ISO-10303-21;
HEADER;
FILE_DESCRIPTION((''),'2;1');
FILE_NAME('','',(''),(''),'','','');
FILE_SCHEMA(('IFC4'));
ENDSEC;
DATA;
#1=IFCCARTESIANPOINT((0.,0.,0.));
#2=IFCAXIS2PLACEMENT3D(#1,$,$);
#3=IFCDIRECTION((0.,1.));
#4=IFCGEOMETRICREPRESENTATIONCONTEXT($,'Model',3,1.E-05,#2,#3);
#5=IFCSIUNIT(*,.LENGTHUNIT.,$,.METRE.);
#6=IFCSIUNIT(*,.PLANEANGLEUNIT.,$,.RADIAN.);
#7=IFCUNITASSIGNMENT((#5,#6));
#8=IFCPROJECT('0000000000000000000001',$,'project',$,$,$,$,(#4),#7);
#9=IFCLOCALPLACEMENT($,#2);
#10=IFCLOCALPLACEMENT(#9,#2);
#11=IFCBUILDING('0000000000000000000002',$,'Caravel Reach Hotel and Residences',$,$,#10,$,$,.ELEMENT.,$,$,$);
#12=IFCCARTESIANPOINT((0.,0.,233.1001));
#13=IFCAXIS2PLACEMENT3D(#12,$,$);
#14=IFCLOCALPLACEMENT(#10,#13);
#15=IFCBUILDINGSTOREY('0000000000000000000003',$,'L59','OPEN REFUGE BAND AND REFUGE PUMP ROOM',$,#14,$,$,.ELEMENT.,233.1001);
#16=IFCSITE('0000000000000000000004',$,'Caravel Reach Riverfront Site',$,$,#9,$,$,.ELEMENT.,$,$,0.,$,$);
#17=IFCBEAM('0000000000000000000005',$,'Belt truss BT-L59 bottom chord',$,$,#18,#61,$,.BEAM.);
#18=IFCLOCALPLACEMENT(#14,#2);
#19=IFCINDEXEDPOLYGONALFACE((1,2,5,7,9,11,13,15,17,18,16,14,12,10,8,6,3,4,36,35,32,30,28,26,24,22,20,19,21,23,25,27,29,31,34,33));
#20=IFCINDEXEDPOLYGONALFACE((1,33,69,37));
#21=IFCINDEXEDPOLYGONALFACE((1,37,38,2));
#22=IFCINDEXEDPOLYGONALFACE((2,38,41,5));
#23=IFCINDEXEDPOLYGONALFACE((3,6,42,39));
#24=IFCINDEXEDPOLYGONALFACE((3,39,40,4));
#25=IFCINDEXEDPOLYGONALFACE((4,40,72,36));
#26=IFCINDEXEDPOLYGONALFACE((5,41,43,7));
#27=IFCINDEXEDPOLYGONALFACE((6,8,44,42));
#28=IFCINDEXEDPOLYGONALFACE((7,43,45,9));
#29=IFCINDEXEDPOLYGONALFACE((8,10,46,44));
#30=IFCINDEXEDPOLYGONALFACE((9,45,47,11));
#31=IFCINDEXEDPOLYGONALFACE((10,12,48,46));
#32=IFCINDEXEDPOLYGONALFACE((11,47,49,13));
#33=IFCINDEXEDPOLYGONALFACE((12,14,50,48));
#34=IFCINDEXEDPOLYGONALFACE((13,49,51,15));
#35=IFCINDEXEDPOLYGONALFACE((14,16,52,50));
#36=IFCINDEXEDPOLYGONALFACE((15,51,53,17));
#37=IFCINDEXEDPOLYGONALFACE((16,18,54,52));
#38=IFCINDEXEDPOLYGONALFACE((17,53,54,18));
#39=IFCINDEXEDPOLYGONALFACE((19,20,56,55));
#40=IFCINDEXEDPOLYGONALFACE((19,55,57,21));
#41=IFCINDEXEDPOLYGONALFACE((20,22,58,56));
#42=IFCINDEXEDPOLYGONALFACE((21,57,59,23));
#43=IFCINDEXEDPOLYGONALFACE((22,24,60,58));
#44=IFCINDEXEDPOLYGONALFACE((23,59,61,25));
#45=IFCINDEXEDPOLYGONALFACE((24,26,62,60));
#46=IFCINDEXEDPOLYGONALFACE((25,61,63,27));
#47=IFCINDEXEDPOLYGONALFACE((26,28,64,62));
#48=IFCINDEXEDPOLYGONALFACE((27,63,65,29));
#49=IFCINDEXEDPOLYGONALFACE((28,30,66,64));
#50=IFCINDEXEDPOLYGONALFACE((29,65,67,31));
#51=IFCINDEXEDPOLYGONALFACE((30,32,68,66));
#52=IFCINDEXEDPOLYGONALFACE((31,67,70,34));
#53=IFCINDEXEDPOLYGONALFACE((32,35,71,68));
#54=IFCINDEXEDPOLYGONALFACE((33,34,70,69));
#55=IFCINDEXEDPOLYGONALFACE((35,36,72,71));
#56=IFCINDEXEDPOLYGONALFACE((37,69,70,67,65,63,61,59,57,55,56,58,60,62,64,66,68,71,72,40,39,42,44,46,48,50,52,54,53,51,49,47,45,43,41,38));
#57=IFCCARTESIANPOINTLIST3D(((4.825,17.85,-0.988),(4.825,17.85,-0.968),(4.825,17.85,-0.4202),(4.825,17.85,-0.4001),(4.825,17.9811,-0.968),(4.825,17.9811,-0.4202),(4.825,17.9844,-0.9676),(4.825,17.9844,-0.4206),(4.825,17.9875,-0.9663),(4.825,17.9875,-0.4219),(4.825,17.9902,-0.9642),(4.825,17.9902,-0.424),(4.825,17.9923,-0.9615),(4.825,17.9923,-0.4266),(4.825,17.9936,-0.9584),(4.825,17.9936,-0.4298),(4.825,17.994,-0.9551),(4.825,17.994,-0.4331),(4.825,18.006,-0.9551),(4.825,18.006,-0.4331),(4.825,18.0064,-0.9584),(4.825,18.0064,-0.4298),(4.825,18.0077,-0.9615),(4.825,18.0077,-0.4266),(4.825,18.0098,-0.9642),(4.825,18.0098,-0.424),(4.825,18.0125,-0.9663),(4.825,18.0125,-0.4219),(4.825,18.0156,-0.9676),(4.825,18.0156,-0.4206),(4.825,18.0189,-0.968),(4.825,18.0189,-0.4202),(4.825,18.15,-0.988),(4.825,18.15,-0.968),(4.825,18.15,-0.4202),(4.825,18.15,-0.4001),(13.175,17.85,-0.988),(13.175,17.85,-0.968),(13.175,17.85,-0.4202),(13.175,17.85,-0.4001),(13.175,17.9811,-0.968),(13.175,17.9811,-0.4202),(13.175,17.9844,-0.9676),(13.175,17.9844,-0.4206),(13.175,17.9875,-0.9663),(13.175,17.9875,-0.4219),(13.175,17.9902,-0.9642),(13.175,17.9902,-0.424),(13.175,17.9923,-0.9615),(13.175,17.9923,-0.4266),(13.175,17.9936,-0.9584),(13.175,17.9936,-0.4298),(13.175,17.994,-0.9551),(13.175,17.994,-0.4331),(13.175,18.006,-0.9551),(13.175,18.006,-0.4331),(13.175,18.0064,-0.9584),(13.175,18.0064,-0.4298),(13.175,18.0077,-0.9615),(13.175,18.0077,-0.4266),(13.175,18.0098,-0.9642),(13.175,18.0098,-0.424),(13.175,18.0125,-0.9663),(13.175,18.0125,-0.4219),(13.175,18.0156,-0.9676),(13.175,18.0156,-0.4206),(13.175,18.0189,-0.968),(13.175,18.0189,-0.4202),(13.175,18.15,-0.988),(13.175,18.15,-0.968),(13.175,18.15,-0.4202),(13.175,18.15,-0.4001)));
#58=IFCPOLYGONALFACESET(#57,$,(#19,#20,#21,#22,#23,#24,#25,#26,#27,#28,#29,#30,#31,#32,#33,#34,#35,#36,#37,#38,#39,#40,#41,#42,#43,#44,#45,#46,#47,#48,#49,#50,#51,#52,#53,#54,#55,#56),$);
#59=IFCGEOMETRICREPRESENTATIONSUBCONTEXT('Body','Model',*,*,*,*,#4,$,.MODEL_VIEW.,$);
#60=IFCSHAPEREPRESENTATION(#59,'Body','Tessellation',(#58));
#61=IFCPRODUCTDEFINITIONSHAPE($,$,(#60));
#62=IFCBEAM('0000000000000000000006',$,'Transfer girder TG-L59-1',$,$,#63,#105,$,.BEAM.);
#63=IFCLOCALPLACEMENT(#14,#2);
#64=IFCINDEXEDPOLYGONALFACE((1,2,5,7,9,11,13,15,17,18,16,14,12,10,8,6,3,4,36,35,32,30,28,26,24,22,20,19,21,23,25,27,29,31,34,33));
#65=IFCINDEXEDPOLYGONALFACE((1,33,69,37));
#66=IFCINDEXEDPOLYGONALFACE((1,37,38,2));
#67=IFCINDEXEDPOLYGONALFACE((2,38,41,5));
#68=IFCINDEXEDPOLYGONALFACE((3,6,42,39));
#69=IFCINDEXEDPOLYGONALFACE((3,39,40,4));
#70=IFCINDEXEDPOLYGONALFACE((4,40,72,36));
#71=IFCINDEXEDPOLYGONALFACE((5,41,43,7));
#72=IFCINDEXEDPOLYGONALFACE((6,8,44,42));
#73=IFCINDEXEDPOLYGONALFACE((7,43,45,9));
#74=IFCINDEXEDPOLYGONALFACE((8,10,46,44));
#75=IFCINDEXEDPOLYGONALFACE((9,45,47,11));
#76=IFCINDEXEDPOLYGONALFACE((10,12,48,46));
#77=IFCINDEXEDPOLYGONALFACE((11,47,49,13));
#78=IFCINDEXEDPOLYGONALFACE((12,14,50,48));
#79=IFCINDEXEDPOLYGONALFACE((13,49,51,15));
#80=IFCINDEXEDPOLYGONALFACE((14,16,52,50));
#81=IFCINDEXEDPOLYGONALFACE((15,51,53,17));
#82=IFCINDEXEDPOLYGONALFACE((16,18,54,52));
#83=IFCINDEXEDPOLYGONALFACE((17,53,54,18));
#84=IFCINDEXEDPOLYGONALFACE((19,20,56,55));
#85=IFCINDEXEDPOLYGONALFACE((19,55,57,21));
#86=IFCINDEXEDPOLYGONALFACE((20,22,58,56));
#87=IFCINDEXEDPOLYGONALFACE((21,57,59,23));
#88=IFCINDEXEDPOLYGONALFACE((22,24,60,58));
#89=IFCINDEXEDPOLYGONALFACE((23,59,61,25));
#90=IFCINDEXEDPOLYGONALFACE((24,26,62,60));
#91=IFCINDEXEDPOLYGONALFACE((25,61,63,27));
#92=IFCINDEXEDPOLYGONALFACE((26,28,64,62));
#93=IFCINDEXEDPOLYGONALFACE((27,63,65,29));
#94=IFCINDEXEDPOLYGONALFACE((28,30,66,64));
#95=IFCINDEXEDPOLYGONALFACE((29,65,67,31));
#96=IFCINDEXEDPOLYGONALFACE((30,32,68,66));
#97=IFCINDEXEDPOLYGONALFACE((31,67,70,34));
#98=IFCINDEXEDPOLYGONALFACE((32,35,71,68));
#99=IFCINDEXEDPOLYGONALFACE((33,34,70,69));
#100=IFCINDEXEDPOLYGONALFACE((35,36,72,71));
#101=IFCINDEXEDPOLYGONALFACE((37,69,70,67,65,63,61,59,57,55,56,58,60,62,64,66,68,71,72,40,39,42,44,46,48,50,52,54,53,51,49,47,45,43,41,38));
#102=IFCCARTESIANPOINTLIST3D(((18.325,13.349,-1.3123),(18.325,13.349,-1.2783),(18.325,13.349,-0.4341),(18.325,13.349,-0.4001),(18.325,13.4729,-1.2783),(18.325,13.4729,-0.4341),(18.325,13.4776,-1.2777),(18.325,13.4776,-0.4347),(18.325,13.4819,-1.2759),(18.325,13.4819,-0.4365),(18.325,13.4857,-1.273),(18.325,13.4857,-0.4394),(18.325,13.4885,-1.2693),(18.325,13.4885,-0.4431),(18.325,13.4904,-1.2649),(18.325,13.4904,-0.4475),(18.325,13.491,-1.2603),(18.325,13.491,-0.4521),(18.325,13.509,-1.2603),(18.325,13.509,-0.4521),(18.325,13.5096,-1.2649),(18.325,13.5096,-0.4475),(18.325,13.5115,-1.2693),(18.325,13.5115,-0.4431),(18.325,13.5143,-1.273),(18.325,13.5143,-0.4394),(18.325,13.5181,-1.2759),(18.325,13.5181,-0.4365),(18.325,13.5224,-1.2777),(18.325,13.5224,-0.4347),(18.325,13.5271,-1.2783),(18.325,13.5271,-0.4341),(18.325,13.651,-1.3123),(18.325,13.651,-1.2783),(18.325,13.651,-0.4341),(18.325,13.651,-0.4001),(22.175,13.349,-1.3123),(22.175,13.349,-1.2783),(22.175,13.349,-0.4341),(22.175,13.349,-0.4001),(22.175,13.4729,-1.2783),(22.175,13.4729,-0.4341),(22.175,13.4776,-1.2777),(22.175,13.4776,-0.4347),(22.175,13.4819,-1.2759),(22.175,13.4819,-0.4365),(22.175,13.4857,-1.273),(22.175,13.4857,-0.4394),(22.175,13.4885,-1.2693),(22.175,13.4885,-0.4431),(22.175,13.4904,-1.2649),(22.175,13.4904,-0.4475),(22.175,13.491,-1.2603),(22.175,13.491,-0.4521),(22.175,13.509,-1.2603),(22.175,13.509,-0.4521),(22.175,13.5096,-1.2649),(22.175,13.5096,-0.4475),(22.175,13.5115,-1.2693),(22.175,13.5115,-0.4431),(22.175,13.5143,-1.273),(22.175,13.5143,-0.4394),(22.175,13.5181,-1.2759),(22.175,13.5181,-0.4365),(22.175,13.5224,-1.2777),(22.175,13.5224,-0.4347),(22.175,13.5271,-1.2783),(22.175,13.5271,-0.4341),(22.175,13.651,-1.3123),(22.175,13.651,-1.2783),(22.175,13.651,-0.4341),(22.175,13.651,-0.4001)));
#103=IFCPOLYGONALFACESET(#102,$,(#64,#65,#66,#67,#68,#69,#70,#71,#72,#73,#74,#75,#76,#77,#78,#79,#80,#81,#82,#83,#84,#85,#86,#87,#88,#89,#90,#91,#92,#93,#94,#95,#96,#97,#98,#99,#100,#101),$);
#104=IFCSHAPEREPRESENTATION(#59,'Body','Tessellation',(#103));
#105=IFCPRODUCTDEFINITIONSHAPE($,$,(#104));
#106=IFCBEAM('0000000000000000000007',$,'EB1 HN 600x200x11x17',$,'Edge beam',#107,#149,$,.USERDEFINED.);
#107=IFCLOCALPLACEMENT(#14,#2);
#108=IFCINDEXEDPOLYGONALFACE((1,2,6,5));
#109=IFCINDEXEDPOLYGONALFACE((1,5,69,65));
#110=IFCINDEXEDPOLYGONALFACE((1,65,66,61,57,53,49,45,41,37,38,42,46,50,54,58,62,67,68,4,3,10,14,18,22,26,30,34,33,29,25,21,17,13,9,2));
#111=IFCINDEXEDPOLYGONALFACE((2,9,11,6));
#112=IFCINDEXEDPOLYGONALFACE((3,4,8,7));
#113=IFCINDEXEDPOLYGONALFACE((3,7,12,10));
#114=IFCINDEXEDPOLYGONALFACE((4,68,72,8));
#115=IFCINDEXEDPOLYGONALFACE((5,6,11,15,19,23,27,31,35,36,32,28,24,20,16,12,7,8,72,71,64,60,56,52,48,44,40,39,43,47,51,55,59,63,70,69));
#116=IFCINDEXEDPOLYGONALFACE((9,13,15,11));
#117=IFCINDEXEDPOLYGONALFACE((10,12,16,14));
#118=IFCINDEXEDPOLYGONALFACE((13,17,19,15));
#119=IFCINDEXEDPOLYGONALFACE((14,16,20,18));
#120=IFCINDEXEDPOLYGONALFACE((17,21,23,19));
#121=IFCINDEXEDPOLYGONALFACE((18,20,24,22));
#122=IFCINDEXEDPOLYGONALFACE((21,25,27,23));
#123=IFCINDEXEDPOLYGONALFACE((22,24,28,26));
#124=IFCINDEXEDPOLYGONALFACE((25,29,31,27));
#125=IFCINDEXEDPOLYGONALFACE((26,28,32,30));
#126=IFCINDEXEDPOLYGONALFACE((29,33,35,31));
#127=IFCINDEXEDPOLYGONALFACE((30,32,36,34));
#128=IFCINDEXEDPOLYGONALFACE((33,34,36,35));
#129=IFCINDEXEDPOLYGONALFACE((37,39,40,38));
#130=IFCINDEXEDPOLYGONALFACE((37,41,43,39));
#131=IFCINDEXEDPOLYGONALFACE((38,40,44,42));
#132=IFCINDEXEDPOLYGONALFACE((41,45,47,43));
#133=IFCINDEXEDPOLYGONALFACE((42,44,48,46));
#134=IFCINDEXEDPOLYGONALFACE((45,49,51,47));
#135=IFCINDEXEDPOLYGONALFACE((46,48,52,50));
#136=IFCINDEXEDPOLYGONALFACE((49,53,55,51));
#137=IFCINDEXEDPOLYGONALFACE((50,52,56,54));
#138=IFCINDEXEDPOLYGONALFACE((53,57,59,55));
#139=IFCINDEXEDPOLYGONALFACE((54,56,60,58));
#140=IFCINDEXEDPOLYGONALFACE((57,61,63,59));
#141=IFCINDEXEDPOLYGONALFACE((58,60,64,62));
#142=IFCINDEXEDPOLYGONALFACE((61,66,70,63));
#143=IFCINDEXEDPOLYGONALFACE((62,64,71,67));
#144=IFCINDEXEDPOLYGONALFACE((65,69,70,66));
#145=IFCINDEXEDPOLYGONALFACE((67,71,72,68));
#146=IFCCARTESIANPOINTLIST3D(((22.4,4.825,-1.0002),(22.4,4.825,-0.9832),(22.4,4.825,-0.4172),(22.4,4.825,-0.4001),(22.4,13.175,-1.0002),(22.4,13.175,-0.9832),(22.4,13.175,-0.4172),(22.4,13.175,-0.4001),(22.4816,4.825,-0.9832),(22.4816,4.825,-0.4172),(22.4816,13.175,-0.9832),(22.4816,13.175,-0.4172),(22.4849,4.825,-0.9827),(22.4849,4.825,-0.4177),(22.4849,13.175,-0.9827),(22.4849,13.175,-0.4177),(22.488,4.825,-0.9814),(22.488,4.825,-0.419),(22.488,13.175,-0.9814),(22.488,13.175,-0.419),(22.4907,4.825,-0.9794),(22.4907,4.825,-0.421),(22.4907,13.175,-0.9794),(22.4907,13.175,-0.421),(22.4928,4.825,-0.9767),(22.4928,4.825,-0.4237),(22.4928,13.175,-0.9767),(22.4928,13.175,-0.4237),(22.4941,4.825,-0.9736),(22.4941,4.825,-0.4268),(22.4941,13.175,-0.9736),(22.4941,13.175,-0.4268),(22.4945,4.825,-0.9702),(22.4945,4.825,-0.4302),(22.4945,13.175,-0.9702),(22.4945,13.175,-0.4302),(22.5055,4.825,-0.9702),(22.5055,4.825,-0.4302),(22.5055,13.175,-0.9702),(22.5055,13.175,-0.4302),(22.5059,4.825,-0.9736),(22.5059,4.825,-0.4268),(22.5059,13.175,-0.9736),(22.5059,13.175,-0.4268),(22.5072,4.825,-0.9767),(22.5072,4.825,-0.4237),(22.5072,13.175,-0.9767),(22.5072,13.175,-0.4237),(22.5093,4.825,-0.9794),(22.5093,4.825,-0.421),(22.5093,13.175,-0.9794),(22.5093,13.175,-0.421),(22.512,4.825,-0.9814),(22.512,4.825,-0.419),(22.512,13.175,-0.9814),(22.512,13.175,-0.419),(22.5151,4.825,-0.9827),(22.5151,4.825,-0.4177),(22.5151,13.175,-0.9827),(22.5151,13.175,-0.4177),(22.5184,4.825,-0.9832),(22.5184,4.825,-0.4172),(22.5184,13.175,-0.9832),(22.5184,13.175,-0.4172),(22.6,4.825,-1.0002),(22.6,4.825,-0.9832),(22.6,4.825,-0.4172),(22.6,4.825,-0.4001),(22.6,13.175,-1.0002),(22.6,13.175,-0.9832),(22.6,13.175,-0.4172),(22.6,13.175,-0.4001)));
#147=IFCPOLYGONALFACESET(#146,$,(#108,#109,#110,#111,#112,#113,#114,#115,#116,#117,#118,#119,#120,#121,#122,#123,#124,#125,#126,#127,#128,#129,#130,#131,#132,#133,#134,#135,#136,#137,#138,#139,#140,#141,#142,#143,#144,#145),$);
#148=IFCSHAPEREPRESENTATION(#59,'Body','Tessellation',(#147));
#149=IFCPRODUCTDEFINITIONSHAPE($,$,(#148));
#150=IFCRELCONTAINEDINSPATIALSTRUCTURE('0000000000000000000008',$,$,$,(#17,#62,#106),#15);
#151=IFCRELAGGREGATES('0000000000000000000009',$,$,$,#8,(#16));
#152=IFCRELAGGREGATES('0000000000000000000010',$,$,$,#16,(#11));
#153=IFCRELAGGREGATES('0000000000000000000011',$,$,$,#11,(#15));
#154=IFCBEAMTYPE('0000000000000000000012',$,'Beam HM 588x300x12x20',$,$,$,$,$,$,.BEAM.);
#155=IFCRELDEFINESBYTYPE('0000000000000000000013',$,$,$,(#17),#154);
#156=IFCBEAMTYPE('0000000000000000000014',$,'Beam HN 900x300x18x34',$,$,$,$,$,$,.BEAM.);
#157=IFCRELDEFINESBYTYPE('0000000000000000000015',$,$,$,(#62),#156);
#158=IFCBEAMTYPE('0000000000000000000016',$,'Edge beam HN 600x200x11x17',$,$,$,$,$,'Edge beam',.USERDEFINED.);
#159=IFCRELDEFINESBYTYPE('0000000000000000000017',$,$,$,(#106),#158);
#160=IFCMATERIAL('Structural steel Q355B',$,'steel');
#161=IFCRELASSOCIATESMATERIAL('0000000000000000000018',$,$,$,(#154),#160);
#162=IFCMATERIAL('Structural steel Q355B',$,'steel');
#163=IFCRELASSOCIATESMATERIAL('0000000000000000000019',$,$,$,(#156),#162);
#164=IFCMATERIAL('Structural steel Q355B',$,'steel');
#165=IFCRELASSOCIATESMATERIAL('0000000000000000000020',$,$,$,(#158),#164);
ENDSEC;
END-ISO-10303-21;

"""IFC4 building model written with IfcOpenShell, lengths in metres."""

from ifc_helpers import new_model, si_unit, direction, frame, origin, origin_2d, place, context, subcontext, project, spatial, i_section, extrude, material, material_profile, profile_set, type_object, element, save


model = new_model("IFC4")

# Units and contexts
model_context = context("Model", 3, precision=1e-05, world=origin(), true_north=direction((0.0, 1.0)))
body_context = subcontext(model_context, "Body", "Model", "MODEL_VIEW")
ifc_project = project(units=[si_unit("LENGTHUNIT", "METRE"), si_unit("PLANEANGLEUNIT", "RADIAN")], contexts=[model_context])

# Site, building, storey
site_placement = place(None, origin())
site = spatial("IfcSite", under=ifc_project, at=site_placement, Name="Caravel Reach Riverfront Site", CompositionType="ELEMENT", RefElevation=0.0)
building_placement = place(site_placement, origin())
building = spatial("IfcBuilding", under=site, at=building_placement, Name="Caravel Reach Hotel and Residences", CompositionType="ELEMENT")
storey_placement = place(building_placement, frame((0.0, 0.0, 233.1001)))
storey = spatial("IfcBuildingStorey", under=building, at=storey_placement, Name="L59", Description="OPEN REFUGE BAND AND REFUGE PUMP ROOM", CompositionType="ELEMENT", Elevation=233.1001)

# Beams
ifc_material_1 = material(Name="Structural steel Q355B", Category="steel")
ifc_material_profile_1 = material_profile(ifc_material_1, i_section(OverallWidth=0.3, OverallDepth=0.5879, WebThickness=0.012, FlangeThickness=0.02, FilletRadius=0.0129, at=origin_2d()), Name="HM 588x300x12x20")
ifc_profile_set_1 = profile_set([ifc_material_profile_1], Name="Structural steel Q355B")
beam_type_1 = type_object("IfcBeamType", Name="Beam HM 588x300x12x20", PredefinedType="BEAM", material=ifc_profile_set_1)
for number, where, z_axis, x_axis, name in (
    (1, (4.825, 18.0, -0.6941), (1.0, 0.0, 0.0), (0.0, 1.0, 0.0), "Belt truss BT-L59 bottom chord"),
):
    element("IfcBeam", number, at=place(storey_placement, frame(where, z_axis=z_axis, x_axis=x_axis)), inside=storey, type_object=beam_type_1, Name=name, PredefinedType="BEAM", context=body_context, shape_type="SweptSolid", body=[
        extrude(i_section(OverallWidth=0.3, OverallDepth=0.5879, WebThickness=0.012, FlangeThickness=0.02, FilletRadius=0.0129, at=origin_2d()), origin(), (0.0, 0.0, 1.0), 8.3501),
    ])
ifc_material_2 = material(Name="Structural steel Q355B", Category="steel")
ifc_material_profile_2 = material_profile(ifc_material_2, i_section(OverallWidth=0.302, OverallDepth=0.9121, WebThickness=0.0181, FlangeThickness=0.0339, FilletRadius=0.0181, at=origin_2d()), Name="HN 900x300x18x34")
ifc_profile_set_2 = profile_set([ifc_material_profile_2], Name="Structural steel Q355B")
beam_type_2 = type_object("IfcBeamType", Name="Beam HN 900x300x18x34", PredefinedType="BEAM", material=ifc_profile_set_2)
beam_1_placement = place(storey_placement, frame((18.325, 13.5, -0.8562), z_axis=(1.0, 0.0, 0.0), x_axis=(0.0, 1.0, 0.0)))
element("IfcBeam", 2, at=beam_1_placement, inside=storey, type_object=beam_type_2, Name="Transfer girder TG-L59-1", PredefinedType="BEAM", context=body_context, shape_type="SweptSolid", body=[
    extrude(i_section(OverallWidth=0.302, OverallDepth=0.9121, WebThickness=0.0181, FlangeThickness=0.0339, FilletRadius=0.0181, at=origin_2d()), origin(), (0.0, 0.0, 1.0), 3.8501),
])
ifc_material_3 = material(Name="Structural steel Q355B", Category="steel")
ifc_material_profile_3 = material_profile(ifc_material_3, i_section(OverallWidth=0.2, OverallDepth=0.6001, WebThickness=0.011, FlangeThickness=0.0171, FilletRadius=0.0129, at=origin_2d()), Name="HN 600x200x11x17")
ifc_profile_set_3 = profile_set([ifc_material_profile_3], Name="Structural steel Q355B")
beam_type_3 = type_object("IfcBeamType", Name="Edge beam HN 600x200x11x17", ElementType="Edge beam", PredefinedType="USERDEFINED", material=ifc_profile_set_3)
beam_2_placement = place(storey_placement, frame((22.5, 13.175, -0.7002), z_axis=(0.0, -1.0, 0.0), x_axis=(1.0, 0.0, 0.0)))
element("IfcBeam", 3, at=beam_2_placement, inside=storey, type_object=beam_type_3, Name="EB1 HN 600x200x11x17", ObjectType="Edge beam", PredefinedType="USERDEFINED", context=body_context, shape_type="SweptSolid", body=[
    extrude(i_section(OverallWidth=0.2, OverallDepth=0.6001, WebThickness=0.011, FlangeThickness=0.0171, FilletRadius=0.0129, at=origin_2d()), origin(), (0.0, 0.0, 1.0), 8.3501),
])

save(model, "model.ifc")
